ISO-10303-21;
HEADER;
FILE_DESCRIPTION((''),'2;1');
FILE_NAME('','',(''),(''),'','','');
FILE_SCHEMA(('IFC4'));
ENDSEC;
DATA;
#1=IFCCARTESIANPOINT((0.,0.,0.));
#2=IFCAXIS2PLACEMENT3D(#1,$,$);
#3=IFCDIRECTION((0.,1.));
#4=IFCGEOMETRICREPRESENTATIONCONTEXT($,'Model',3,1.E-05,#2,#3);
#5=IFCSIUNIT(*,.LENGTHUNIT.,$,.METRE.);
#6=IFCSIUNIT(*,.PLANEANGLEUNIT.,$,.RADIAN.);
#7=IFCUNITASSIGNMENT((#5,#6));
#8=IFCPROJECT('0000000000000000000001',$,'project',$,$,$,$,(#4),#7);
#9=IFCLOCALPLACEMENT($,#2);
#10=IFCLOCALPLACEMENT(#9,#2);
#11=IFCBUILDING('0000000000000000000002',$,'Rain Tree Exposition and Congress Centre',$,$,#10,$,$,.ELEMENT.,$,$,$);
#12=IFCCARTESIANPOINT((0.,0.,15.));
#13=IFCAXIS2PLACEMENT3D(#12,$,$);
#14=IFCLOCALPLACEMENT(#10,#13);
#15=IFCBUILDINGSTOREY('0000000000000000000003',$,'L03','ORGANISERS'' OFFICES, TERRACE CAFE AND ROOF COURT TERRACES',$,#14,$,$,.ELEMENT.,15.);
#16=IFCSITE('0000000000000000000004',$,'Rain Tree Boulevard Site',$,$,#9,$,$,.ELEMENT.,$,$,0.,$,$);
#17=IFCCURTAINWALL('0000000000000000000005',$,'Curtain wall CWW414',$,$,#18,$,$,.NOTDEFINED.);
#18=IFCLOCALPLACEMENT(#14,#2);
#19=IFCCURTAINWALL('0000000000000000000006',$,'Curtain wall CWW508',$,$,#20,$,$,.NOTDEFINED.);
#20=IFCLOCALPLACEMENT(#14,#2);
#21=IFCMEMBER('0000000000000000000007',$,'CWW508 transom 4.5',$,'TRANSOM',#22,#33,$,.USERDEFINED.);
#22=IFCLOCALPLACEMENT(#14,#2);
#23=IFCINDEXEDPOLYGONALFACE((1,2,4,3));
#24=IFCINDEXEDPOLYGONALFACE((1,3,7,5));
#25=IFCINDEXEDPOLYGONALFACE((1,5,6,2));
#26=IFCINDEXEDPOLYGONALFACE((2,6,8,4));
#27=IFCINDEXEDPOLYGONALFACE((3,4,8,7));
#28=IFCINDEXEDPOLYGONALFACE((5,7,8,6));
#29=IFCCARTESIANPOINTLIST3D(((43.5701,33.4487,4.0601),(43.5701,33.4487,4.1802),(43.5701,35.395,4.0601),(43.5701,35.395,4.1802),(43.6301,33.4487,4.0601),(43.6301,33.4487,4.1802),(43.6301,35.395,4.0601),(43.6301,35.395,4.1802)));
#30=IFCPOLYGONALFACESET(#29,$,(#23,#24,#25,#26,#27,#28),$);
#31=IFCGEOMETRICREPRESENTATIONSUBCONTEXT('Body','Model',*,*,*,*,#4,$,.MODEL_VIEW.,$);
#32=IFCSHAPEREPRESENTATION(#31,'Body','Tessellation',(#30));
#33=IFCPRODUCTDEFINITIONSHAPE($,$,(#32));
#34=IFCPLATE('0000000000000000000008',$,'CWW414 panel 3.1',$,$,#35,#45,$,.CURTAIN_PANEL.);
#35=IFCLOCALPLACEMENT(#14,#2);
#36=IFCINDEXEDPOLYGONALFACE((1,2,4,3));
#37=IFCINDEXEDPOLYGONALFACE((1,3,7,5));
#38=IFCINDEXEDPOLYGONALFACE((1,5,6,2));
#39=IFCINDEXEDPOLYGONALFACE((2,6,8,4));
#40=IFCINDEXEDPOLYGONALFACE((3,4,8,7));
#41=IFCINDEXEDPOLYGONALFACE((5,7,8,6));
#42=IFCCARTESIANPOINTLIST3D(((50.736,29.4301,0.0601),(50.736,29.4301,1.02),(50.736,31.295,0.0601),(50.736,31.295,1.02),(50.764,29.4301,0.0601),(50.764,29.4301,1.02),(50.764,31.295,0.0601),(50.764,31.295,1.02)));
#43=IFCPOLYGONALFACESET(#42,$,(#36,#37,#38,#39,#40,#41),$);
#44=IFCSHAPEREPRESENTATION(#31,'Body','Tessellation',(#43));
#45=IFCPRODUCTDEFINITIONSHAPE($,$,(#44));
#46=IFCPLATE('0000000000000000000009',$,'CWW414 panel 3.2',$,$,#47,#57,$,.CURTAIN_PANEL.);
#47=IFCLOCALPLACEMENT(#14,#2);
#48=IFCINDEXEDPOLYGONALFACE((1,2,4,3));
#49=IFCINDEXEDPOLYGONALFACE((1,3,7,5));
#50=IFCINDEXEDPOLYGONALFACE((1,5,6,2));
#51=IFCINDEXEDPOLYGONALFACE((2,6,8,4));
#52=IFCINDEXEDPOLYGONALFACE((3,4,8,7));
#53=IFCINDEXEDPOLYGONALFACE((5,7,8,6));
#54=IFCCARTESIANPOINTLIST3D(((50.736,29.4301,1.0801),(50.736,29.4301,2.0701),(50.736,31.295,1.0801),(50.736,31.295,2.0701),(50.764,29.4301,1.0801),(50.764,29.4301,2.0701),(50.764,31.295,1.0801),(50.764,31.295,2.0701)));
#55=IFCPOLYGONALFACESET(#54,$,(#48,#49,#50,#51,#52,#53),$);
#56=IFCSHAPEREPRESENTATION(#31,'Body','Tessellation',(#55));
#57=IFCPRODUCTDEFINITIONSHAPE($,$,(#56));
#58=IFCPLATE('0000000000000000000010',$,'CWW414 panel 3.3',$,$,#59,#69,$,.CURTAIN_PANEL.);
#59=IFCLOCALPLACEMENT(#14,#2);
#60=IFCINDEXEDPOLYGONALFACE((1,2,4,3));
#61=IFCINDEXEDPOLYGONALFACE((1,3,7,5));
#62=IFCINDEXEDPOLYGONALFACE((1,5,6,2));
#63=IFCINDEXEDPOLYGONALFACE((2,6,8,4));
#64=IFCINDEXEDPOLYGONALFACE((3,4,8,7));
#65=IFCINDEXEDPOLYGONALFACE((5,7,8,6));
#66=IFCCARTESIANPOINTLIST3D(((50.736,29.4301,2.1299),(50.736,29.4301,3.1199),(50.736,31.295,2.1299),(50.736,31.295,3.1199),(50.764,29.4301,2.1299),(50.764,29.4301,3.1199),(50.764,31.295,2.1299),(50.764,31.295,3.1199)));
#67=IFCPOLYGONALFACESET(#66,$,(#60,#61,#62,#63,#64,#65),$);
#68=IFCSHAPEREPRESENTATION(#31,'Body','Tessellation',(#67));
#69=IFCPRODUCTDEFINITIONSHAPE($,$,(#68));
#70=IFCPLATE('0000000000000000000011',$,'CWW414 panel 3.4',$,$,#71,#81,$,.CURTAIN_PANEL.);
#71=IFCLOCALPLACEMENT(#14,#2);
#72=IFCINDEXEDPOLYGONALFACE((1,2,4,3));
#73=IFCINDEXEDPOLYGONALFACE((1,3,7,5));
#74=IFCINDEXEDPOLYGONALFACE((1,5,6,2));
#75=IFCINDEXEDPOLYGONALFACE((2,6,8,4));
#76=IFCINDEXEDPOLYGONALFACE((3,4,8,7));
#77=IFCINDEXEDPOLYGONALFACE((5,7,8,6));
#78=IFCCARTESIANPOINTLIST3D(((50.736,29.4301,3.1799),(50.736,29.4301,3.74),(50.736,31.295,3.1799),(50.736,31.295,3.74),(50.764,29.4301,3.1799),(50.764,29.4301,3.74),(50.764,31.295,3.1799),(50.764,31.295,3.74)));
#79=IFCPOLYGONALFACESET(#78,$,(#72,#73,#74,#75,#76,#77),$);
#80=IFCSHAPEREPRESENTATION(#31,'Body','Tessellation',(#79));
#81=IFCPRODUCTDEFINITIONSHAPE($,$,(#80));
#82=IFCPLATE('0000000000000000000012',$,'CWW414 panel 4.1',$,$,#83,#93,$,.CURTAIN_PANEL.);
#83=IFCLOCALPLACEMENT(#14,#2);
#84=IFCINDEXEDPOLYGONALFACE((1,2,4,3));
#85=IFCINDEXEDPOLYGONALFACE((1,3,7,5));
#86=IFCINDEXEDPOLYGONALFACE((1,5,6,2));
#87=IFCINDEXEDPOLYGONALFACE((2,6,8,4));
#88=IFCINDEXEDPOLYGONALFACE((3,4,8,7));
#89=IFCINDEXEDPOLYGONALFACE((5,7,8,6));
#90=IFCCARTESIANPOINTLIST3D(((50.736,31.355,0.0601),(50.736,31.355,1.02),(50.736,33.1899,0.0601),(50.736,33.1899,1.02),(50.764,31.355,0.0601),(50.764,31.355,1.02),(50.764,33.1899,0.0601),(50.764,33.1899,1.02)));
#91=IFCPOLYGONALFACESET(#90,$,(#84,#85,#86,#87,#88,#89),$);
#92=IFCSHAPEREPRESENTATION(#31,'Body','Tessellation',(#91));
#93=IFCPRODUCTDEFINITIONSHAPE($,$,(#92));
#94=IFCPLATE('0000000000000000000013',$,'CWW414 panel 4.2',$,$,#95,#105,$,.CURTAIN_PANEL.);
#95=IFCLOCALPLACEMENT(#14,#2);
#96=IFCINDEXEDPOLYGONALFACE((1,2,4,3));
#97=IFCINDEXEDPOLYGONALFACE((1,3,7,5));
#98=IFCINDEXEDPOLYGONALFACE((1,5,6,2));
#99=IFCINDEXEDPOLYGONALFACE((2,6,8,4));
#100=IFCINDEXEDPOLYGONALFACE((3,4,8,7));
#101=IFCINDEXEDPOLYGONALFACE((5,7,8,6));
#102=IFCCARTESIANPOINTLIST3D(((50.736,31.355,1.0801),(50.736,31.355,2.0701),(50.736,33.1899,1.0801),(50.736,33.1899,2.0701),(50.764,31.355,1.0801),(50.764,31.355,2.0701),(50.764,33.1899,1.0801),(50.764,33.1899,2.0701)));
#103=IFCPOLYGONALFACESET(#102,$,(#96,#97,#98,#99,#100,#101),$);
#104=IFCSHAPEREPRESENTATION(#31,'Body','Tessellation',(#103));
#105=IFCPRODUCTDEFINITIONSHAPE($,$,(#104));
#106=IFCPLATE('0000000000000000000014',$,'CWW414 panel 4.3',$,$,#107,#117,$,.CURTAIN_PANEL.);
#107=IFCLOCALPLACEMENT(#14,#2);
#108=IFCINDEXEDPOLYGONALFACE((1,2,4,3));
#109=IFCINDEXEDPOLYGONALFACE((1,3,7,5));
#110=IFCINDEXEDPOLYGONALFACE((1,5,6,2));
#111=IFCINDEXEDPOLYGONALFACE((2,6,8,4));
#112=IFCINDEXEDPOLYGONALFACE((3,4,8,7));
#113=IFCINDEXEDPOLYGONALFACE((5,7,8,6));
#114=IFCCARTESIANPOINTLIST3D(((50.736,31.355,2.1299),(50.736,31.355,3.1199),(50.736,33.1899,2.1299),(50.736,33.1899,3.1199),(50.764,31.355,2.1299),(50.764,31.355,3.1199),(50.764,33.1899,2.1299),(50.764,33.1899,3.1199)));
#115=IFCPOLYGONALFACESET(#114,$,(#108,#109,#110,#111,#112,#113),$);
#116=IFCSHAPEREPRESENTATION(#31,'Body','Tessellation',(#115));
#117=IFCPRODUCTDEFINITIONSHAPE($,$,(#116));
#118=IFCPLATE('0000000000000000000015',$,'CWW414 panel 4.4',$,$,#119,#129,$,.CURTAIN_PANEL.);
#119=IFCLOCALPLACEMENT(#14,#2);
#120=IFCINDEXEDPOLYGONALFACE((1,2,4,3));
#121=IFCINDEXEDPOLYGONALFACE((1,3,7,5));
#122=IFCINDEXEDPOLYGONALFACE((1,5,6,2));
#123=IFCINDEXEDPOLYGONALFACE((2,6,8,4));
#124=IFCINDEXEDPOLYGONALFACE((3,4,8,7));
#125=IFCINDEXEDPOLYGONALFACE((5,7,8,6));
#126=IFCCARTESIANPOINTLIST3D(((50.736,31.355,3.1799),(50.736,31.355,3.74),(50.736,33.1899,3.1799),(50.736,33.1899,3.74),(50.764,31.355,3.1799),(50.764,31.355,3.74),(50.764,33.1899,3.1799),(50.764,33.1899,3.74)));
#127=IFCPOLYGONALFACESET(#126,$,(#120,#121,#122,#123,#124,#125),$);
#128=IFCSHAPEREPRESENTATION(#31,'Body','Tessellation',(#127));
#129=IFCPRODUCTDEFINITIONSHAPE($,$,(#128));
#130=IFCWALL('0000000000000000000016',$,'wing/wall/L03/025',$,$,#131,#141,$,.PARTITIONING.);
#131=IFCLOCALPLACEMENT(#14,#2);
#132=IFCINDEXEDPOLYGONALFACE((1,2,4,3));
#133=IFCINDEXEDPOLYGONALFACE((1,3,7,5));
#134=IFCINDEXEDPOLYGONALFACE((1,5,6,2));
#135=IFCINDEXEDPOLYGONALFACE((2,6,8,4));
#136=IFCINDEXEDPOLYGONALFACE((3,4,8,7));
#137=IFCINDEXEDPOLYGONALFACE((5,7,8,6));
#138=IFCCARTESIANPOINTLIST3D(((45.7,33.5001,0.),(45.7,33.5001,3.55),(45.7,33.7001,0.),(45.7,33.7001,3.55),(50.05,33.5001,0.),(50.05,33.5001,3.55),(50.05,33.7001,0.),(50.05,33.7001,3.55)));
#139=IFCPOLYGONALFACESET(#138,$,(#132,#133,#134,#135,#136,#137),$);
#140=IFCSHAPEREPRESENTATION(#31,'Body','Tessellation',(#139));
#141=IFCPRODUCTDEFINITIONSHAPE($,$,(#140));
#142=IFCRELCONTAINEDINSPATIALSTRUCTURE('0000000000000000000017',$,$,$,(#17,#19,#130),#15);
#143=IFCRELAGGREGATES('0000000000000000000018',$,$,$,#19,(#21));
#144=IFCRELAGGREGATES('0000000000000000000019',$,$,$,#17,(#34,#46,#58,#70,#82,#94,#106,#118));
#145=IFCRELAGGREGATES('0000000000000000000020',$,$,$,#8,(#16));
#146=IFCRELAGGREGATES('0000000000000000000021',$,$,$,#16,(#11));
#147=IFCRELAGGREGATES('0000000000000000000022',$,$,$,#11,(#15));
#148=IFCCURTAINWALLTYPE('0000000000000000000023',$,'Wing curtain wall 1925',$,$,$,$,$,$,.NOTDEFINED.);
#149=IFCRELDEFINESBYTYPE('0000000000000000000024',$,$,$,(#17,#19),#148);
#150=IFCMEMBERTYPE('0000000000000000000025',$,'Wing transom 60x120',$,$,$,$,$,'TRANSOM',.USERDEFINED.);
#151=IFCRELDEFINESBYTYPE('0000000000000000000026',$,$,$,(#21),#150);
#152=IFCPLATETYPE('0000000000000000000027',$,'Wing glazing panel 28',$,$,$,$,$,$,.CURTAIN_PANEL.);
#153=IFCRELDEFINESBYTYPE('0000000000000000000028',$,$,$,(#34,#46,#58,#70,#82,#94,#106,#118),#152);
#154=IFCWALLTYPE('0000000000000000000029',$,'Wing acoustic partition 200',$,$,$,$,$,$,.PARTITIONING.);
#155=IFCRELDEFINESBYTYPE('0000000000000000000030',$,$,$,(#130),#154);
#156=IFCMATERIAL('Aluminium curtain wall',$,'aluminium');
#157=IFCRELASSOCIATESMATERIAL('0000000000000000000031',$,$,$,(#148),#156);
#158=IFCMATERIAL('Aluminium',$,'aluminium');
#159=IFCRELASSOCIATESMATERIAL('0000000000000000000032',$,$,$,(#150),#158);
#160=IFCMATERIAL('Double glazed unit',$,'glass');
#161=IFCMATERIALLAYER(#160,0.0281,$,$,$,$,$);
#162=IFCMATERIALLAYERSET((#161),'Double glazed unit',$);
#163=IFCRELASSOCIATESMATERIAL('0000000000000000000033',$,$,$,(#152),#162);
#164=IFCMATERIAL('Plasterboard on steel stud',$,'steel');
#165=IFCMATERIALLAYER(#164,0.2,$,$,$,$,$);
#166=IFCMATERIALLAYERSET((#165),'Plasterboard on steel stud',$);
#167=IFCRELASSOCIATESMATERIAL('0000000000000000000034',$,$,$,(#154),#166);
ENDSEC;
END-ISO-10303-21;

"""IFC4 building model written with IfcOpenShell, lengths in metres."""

from ifc_helpers import new_model, si_unit, direction, frame, frame_2d, origin, origin_2d, place, context, subcontext, project, spatial, rectangle, extrude, material, layer, layer_set, material_profile, profile_set, type_object, element, aggregate, save


model = new_model("IFC4")

# Units and contexts
model_context = context("Model", 3, precision=1e-05, world=origin(), true_north=direction((0.0, 1.0)))
body_context = subcontext(model_context, "Body", "Model", "MODEL_VIEW")
ifc_project = project(units=[si_unit("LENGTHUNIT", "METRE"), si_unit("PLANEANGLEUNIT", "RADIAN")], contexts=[model_context])

# Site, building, storey
site_placement = place(None, origin())
site = spatial("IfcSite", under=ifc_project, at=site_placement, Name="Rain Tree Boulevard Site", CompositionType="ELEMENT", RefElevation=0.0)
building_placement = place(site_placement, origin())
building = spatial("IfcBuilding", under=site, at=building_placement, Name="Rain Tree Exposition and Congress Centre", CompositionType="ELEMENT")
storey_placement = place(building_placement, frame((0.0, 0.0, 15.0)))
storey = spatial("IfcBuildingStorey", under=building, at=storey_placement, Name="L03", Description="ORGANISERS' OFFICES, TERRACE CAFE AND ROOF COURT TERRACES", CompositionType="ELEMENT", Elevation=15.0)

# Curtain walls, member
ifc_material_1 = material(Name="Aluminium curtain wall", Category="aluminium")
curtain_wall_type = type_object("IfcCurtainWallType", Name="Wing curtain wall 1925", PredefinedType="NOTDEFINED", material=ifc_material_1)
curtain_wall_1_placement = place(storey_placement, origin())
curtain_wall_1 = element("IfcCurtainWall", 1, at=curtain_wall_1_placement, inside=storey, type_object=curtain_wall_type, Name="Curtain wall CWW414", PredefinedType="NOTDEFINED")
ifc_material_2 = material(Name="Aluminium", Category="aluminium")
ifc_material_profile_1 = material_profile(ifc_material_2, rectangle(XDim=0.0601, YDim=0.1201, at=origin_2d()), Name="Aluminium 60x120")
ifc_profile_set_1 = profile_set([ifc_material_profile_1], Name="Aluminium")
member_type_1 = type_object("IfcMemberType", Name="Wing transom 60x120", ElementType="TRANSOM", PredefinedType="USERDEFINED", material=ifc_profile_set_1)
curtain_wall_2_placement = place(storey_placement, origin())
curtain_wall_2 = element("IfcCurtainWall", 2, at=curtain_wall_2_placement, inside=storey, type_object=curtain_wall_type, Name="Curtain wall CWW508", PredefinedType="NOTDEFINED")
member_1_placement = place(storey_placement, frame((43.6001, 33.4487, 4.1201), z_axis=(0.0, 1.0, 0.0), x_axis=(-1.0, 0.0, 0.0)))
member_1 = element("IfcMember", 3, at=member_1_placement, type_object=member_type_1, Name="CWW508 transom 4.5", ObjectType="TRANSOM", PredefinedType="USERDEFINED", context=body_context, shape_type="SweptSolid", body=[
    extrude(rectangle(XDim=0.0601, YDim=0.1201, at=origin_2d()), origin(), (0.0, 0.0, 1.0), 1.9463),
])
aggregate(curtain_wall_2, [member_1])

# Plates
ifc_material_3 = material(Name="Double glazed unit", Category="glass")
ifc_layer_1 = layer(ifc_material_3, 0.0281)
ifc_layer_set_1 = layer_set([ifc_layer_1], Name="Double glazed unit")
plate_type = type_object("IfcPlateType", Name="Wing glazing panel 28", PredefinedType="CURTAIN_PANEL", material=ifc_layer_set_1)
plate_1_placement = place(storey_placement, frame((50.75, 30.3625, 0.0601), z_axis=(0.0, 0.0, 1.0), x_axis=(0.0, 1.0, 0.0)))
plate_1 = element("IfcPlate", 4, at=plate_1_placement, type_object=plate_type, Name="CWW414 panel 3.1", PredefinedType="CURTAIN_PANEL", context=body_context, shape_type="SweptSolid", body=[
    extrude(rectangle(XDim=1.865, YDim=0.0281, at=origin_2d()), origin(), (0.0, 0.0, 1.0), 0.96),
])
plate_2_placement = place(storey_placement, frame((50.75, 30.3625, 1.0801), z_axis=(0.0, 0.0, 1.0), x_axis=(0.0, 1.0, 0.0)))
plate_2 = element("IfcPlate", 5, at=plate_2_placement, type_object=plate_type, Name="CWW414 panel 3.2", PredefinedType="CURTAIN_PANEL", context=body_context, shape_type="SweptSolid", body=[
    extrude(rectangle(XDim=1.865, YDim=0.0281, at=origin_2d()), origin(), (0.0, 0.0, 1.0), 0.99),
])
plate_3_placement = place(storey_placement, frame((50.75, 30.3625, 2.1299), z_axis=(0.0, 0.0, 1.0), x_axis=(0.0, 1.0, 0.0)))
plate_3 = element("IfcPlate", 6, at=plate_3_placement, type_object=plate_type, Name="CWW414 panel 3.3", PredefinedType="CURTAIN_PANEL", context=body_context, shape_type="SweptSolid", body=[
    extrude(rectangle(XDim=1.865, YDim=0.0281, at=origin_2d()), origin(), (0.0, 0.0, 1.0), 0.99),
])
plate_4_placement = place(storey_placement, frame((50.75, 30.3625, 3.1799), z_axis=(0.0, 0.0, 1.0), x_axis=(0.0, 1.0, 0.0)))
plate_4 = element("IfcPlate", 7, at=plate_4_placement, type_object=plate_type, Name="CWW414 panel 3.4", PredefinedType="CURTAIN_PANEL", context=body_context, shape_type="SweptSolid", body=[
    extrude(rectangle(XDim=1.865, YDim=0.0281, at=origin_2d()), origin(), (0.0, 0.0, 1.0), 0.5601),
])
plate_5_placement = place(storey_placement, frame((50.75, 32.2725, 0.0601), z_axis=(0.0, 0.0, 1.0), x_axis=(0.0, 1.0, 0.0)))
plate_5 = element("IfcPlate", 8, at=plate_5_placement, type_object=plate_type, Name="CWW414 panel 4.1", PredefinedType="CURTAIN_PANEL", context=body_context, shape_type="SweptSolid", body=[
    extrude(rectangle(XDim=1.835, YDim=0.0281, at=origin_2d()), origin(), (0.0, 0.0, 1.0), 0.96),
])
plate_6_placement = place(storey_placement, frame((50.75, 32.2725, 1.0801), z_axis=(0.0, 0.0, 1.0), x_axis=(0.0, 1.0, 0.0)))
plate_6 = element("IfcPlate", 9, at=plate_6_placement, type_object=plate_type, Name="CWW414 panel 4.2", PredefinedType="CURTAIN_PANEL", context=body_context, shape_type="SweptSolid", body=[
    extrude(rectangle(XDim=1.835, YDim=0.0281, at=origin_2d()), origin(), (0.0, 0.0, 1.0), 0.99),
])
plate_7_placement = place(storey_placement, frame((50.75, 32.2725, 2.1299), z_axis=(0.0, 0.0, 1.0), x_axis=(0.0, 1.0, 0.0)))
plate_7 = element("IfcPlate", 10, at=plate_7_placement, type_object=plate_type, Name="CWW414 panel 4.3", PredefinedType="CURTAIN_PANEL", context=body_context, shape_type="SweptSolid", body=[
    extrude(rectangle(XDim=1.835, YDim=0.0281, at=origin_2d()), origin(), (0.0, 0.0, 1.0), 0.99),
])
plate_8_placement = place(storey_placement, frame((50.75, 32.2725, 3.1799), z_axis=(0.0, 0.0, 1.0), x_axis=(0.0, 1.0, 0.0)))
plate_8 = element("IfcPlate", 11, at=plate_8_placement, type_object=plate_type, Name="CWW414 panel 4.4", PredefinedType="CURTAIN_PANEL", context=body_context, shape_type="SweptSolid", body=[
    extrude(rectangle(XDim=1.835, YDim=0.0281, at=origin_2d()), origin(), (0.0, 0.0, 1.0), 0.5601),
])
aggregate(curtain_wall_1, [plate_1, plate_2, plate_3, plate_4, plate_5, plate_6, plate_7, plate_8])

# Wall
ifc_material_4 = material(Name="Plasterboard on steel stud", Category="steel")
ifc_layer_2 = layer(ifc_material_4, 0.2)
ifc_layer_set_2 = layer_set([ifc_layer_2], Name="Plasterboard on steel stud")
wall_type = type_object("IfcWallType", Name="Wing acoustic partition 200", PredefinedType="PARTITIONING", material=ifc_layer_set_2)
wall_1_placement = place(storey_placement, frame((45.7, 33.6001, 0.0), z_axis=(0.0, 0.0, 1.0), x_axis=(1.0, 0.0, 0.0)))
element("IfcWall", 12, at=wall_1_placement, inside=storey, type_object=wall_type, Name="wing/wall/L03/025", PredefinedType="PARTITIONING", context=body_context, shape_type="SweptSolid", body=[
    extrude(rectangle(XDim=4.3501, YDim=0.2, at=frame_2d((2.175, 0.0))), origin(), (0.0, 0.0, 1.0), 3.55),
])

save(model, "model.ifc")
